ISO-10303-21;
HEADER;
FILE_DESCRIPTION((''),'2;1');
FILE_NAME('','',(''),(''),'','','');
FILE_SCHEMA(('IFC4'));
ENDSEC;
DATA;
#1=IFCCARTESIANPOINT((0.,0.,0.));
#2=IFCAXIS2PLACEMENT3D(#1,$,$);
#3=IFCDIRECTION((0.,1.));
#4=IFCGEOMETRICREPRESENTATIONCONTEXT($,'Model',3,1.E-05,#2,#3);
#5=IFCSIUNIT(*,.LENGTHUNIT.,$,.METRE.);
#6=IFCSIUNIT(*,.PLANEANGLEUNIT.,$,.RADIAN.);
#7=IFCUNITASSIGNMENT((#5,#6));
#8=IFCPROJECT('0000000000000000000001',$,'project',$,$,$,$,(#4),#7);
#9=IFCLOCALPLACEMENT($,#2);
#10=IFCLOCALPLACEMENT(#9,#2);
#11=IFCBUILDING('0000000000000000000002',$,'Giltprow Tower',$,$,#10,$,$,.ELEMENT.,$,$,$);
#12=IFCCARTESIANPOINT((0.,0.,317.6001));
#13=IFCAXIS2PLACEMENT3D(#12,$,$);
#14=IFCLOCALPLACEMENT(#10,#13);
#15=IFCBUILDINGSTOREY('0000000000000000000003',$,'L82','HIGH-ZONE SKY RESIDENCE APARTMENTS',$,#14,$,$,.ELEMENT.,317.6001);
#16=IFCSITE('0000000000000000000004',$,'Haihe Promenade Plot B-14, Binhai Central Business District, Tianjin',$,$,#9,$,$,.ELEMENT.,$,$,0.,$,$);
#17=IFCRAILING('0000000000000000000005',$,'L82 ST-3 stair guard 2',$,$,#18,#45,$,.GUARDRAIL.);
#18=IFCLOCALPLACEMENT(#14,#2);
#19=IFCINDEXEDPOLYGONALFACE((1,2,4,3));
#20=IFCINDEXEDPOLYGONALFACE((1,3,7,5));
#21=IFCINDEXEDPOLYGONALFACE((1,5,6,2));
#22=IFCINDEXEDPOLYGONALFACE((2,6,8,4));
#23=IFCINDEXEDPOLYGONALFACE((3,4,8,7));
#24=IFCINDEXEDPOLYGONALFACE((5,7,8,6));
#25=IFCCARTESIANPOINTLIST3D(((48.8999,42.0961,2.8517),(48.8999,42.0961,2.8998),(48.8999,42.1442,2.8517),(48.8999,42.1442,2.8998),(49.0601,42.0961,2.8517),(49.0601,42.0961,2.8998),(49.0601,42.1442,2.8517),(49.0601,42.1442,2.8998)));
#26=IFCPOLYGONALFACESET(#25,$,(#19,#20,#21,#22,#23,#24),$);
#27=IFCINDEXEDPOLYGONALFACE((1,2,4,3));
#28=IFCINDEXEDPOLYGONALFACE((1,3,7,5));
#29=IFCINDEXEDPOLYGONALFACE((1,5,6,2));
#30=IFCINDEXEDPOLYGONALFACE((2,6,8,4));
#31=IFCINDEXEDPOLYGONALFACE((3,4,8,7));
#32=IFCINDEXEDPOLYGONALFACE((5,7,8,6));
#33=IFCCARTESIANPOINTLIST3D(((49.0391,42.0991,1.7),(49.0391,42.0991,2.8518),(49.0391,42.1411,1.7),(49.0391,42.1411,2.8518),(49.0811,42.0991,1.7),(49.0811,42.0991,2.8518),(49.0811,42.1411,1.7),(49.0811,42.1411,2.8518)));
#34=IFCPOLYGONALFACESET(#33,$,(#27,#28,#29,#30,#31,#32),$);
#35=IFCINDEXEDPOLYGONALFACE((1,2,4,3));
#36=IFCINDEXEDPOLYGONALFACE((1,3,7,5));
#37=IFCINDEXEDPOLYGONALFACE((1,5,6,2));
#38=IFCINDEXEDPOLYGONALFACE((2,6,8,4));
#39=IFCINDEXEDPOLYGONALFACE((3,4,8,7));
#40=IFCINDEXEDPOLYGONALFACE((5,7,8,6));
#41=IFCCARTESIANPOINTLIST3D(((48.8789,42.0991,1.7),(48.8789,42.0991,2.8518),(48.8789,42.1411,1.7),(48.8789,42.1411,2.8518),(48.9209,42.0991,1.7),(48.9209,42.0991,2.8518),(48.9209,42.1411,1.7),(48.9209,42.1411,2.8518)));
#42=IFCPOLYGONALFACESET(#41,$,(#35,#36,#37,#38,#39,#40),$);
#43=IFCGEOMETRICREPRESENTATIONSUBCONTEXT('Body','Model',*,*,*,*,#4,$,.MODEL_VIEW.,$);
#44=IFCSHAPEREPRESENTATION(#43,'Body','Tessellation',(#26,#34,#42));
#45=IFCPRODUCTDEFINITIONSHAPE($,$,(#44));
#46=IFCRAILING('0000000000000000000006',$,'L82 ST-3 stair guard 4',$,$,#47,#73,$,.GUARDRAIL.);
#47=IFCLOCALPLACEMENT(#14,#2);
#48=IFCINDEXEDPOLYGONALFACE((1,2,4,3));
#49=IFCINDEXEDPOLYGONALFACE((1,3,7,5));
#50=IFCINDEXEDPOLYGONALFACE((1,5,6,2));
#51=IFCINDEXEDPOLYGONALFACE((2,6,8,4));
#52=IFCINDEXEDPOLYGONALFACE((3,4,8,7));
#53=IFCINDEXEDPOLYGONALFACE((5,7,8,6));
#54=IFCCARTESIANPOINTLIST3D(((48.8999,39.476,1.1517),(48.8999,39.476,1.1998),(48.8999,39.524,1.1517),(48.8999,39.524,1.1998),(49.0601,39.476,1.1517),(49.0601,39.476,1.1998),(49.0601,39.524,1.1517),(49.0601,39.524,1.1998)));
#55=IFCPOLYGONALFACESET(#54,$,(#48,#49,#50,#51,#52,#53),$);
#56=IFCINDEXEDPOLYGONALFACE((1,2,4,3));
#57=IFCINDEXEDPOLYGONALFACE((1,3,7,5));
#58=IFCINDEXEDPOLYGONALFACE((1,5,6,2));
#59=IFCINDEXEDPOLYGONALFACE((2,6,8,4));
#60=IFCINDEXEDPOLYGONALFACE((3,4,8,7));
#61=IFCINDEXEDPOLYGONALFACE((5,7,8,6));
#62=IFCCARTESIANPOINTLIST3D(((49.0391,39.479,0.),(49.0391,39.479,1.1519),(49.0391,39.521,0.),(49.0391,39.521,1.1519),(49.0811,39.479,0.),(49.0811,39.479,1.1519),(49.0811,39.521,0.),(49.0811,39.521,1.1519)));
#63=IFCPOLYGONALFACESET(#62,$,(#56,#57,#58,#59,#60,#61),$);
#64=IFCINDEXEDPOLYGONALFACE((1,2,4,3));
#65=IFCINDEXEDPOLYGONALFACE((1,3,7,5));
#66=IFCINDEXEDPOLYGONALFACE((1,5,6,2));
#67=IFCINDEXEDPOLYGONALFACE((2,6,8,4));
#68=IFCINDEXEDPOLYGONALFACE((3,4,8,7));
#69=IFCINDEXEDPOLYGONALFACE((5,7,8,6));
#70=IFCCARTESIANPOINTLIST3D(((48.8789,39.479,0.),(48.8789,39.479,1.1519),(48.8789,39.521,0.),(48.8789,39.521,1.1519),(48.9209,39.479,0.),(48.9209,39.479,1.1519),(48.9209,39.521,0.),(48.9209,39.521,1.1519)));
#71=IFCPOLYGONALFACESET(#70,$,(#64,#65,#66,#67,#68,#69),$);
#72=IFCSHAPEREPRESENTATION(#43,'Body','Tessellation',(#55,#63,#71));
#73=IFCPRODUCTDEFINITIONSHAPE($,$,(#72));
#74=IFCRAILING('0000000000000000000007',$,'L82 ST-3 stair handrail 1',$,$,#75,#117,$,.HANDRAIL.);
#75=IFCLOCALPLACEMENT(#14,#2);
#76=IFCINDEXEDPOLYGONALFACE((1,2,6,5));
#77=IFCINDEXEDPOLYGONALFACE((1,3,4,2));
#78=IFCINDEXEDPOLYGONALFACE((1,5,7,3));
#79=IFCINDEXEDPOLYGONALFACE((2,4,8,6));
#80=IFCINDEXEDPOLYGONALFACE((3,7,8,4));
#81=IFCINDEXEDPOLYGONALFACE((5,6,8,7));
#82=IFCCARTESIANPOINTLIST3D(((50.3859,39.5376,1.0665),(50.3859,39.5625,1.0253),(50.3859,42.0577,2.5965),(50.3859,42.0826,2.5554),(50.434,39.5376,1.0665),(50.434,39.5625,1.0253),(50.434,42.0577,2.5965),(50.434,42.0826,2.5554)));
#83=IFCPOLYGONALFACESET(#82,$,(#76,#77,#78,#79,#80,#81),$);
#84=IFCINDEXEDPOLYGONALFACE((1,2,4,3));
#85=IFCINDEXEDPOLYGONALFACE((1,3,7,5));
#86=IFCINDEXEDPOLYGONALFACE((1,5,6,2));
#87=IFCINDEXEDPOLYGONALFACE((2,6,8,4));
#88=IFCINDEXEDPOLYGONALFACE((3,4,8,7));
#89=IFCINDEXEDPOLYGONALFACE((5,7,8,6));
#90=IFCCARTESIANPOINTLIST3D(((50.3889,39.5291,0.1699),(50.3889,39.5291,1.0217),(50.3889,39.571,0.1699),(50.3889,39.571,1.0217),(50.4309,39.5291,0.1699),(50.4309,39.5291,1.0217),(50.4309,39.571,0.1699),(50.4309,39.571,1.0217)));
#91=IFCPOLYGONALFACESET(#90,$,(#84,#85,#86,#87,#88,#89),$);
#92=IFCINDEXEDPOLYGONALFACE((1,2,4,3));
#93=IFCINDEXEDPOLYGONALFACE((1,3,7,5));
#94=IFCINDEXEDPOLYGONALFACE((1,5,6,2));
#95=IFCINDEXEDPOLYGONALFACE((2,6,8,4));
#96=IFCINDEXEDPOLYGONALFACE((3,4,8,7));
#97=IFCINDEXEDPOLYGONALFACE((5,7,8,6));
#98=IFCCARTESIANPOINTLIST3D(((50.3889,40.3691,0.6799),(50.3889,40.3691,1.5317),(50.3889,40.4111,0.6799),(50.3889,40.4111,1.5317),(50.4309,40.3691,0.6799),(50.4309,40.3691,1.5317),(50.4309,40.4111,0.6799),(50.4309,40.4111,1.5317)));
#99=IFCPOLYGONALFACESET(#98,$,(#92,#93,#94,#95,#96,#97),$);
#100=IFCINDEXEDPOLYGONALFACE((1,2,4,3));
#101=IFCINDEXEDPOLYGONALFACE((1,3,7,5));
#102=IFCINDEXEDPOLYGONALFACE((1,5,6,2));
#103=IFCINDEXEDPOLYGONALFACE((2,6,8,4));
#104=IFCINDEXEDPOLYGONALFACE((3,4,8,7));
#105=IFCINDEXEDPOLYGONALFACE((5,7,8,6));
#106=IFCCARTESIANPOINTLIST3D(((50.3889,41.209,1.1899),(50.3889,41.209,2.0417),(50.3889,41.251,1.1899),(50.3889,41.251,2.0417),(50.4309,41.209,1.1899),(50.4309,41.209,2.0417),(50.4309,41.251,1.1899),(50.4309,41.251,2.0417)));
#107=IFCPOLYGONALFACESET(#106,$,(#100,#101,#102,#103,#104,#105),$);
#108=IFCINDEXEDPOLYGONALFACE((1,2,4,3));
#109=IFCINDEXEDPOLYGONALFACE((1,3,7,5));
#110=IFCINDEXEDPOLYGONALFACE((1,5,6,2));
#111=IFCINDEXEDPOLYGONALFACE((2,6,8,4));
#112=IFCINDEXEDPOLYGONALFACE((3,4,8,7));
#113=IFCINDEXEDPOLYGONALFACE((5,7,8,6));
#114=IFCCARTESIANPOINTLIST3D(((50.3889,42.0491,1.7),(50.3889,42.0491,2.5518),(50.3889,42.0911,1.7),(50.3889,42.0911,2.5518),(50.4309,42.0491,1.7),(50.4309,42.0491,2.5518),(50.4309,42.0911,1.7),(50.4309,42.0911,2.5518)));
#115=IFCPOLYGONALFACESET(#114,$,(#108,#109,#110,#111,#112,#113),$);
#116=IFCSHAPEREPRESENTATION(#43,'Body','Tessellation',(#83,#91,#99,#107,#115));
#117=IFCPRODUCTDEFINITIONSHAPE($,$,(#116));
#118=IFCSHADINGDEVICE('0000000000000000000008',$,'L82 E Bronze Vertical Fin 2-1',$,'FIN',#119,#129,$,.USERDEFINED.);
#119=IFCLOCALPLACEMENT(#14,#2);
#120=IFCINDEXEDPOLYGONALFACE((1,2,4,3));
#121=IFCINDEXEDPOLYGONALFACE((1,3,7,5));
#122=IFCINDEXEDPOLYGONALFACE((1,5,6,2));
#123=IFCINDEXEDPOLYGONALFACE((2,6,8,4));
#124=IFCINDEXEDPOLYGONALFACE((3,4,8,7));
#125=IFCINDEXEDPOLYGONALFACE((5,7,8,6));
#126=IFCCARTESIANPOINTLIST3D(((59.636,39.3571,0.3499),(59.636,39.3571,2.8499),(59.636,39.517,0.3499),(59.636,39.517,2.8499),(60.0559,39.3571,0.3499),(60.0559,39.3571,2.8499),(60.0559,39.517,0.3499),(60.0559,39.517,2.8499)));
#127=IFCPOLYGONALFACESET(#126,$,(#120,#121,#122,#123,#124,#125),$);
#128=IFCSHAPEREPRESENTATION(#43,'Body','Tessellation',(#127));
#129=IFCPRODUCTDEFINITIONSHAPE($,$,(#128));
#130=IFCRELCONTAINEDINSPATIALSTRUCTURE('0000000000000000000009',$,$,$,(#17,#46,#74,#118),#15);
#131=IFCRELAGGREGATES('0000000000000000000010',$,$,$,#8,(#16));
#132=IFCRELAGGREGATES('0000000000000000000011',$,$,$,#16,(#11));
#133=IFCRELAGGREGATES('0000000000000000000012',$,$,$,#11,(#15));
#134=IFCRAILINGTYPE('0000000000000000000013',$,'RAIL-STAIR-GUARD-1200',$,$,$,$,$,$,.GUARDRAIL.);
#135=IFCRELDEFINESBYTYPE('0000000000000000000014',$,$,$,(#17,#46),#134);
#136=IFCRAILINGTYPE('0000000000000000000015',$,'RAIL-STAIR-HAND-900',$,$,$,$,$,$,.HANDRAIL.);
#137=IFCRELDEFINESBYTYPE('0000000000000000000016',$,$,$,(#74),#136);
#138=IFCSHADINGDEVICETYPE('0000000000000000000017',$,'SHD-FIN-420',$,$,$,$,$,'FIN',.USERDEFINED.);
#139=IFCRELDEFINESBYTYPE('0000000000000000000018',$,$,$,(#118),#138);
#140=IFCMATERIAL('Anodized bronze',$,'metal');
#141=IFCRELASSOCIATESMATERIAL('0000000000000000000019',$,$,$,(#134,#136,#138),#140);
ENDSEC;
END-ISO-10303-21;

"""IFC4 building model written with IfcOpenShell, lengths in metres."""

from ifc_helpers import new_model, si_unit, direction, frame, origin, origin_2d, place, context, subcontext, project, spatial, rectangle, extrude, source, transform, mapped, material, type_object, element, save


model = new_model("IFC4")

# Units and contexts
model_context = context("Model", 3, precision=1e-05, world=origin(), true_north=direction((0.0, 1.0)))
body_context = subcontext(model_context, "Body", "Model", "MODEL_VIEW")
ifc_project = project(units=[si_unit("LENGTHUNIT", "METRE"), si_unit("PLANEANGLEUNIT", "RADIAN")], contexts=[model_context])

# Site, building, storey
site_placement = place(None, origin())
site = spatial("IfcSite", under=ifc_project, at=site_placement, Name="Haihe Promenade Plot B-14, Binhai Central Business District, Tianjin", CompositionType="ELEMENT", RefElevation=0.0)
building_placement = place(site_placement, origin())
building = spatial("IfcBuilding", under=site, at=building_placement, Name="Giltprow Tower", CompositionType="ELEMENT")
storey_placement = place(building_placement, frame((0.0, 0.0, 317.6001)))
storey = spatial("IfcBuildingStorey", under=building, at=storey_placement, Name="L82", Description="HIGH-ZONE SKY RESIDENCE APARTMENTS", CompositionType="ELEMENT", Elevation=317.6001)

# Railings
ifc_material_1 = material(Name="Anodized bronze", Category="metal")
railing_type_1 = type_object("IfcRailingType", Name="RAIL-STAIR-GUARD-1200", PredefinedType="GUARDRAIL", material=ifc_material_1)
for number, where, name in (
    (1, (49.0601, 42.1201, 1.7), "L82 ST-3 stair guard 2"),
    (2, (49.0601, 39.5, 0.0), "L82 ST-3 stair guard 4"),
):
    element("IfcRailing", number, at=place(storey_placement, frame(where)), inside=storey, type_object=railing_type_1, Name=name, PredefinedType="GUARDRAIL", context=body_context, shape_type="SweptSolid", body=[
        extrude(rectangle(XDim=0.0481, YDim=0.0481, at=origin_2d()), frame((0.0, 0.0, 1.1758), z_axis=(-1.0, 0.0, 0.0), x_axis=(0.0, -1.0, 0.0)), (0.0, 0.0, 1.0), 0.1602),
        extrude(rectangle(XDim=0.042, YDim=0.042, at=origin_2d()), origin(), (0.0, 0.0, 1.0), 1.1519),
        extrude(rectangle(XDim=0.042, YDim=0.042, at=origin_2d()), frame((-0.1602, 0.0, 0.0)), (0.0, 0.0, 1.0), 1.1519),
    ])
railing_type_2 = type_object("IfcRailingType", Name="RAIL-STAIR-HAND-900", PredefinedType="HANDRAIL", material=ifc_material_1)
railing_1_placement = place(storey_placement, frame((50.4099, 39.55, 0.1699)))
element("IfcRailing", 3, at=railing_1_placement, inside=storey, type_object=railing_type_2, Name="L82 ST-3 stair handrail 1", PredefinedType="HANDRAIL", context=body_context, shape_type="SweptSolid", body=[
    extrude(rectangle(XDim=0.0481, YDim=0.0481, at=origin_2d()), frame((0.0, 0.0, 0.876), z_axis=(0.0, 0.854785, 0.518982), x_axis=(-1.0, 0.0, 0.0)), (0.0, 0.0, 1.0), 2.9482),
    extrude(rectangle(XDim=0.042, YDim=0.042, at=origin_2d()), origin(), (0.0, 0.0, 1.0), 0.8518),
    extrude(rectangle(XDim=0.042, YDim=0.042, at=origin_2d()), frame((0.0, 0.8401, 0.51)), (0.0, 0.0, 1.0), 0.8518),
    extrude(rectangle(XDim=0.042, YDim=0.042, at=origin_2d()), frame((0.0, 1.6799, 1.02)), (0.0, 0.0, 1.0), 0.8518),
    extrude(rectangle(XDim=0.042, YDim=0.042, at=origin_2d()), frame((0.0, 2.52, 1.53)), (0.0, 0.0, 1.0), 0.8518),
])

# Shading device
shading_device_type = type_object("IfcShadingDeviceType", Name="SHD-FIN-420", ElementType="FIN", PredefinedType="USERDEFINED", material=ifc_material_1)
shared_shape_1 = source(origin(), body_context, "Body", "SweptSolid", [
    extrude(rectangle(XDim=0.4199, YDim=0.1599, at=origin_2d()), origin(), (0.0, 0.0, 1.0), 2.5),
])
shading_device_placement = place(storey_placement, frame((59.8459, 39.437, 0.3499), z_axis=(0.0, 0.0, 1.0), x_axis=(1.0, 0.0, 0.0)))
element("IfcShadingDevice", 4, at=shading_device_placement, inside=storey, type_object=shading_device_type, Name="L82 E Bronze Vertical Fin 2-1", ObjectType="FIN", PredefinedType="USERDEFINED", context=body_context, shape_type="MappedRepresentation", body=[
    mapped(shared_shape_1, transform((0.0, 0.0, 0.0), x_axis=(1.0, 0.0, 0.0), y_axis=(0.0, 1.0, 0.0), z_axis=(0.0, 0.0, 1.0), scale=1.0)),
])

save(model, "model.ifc")
